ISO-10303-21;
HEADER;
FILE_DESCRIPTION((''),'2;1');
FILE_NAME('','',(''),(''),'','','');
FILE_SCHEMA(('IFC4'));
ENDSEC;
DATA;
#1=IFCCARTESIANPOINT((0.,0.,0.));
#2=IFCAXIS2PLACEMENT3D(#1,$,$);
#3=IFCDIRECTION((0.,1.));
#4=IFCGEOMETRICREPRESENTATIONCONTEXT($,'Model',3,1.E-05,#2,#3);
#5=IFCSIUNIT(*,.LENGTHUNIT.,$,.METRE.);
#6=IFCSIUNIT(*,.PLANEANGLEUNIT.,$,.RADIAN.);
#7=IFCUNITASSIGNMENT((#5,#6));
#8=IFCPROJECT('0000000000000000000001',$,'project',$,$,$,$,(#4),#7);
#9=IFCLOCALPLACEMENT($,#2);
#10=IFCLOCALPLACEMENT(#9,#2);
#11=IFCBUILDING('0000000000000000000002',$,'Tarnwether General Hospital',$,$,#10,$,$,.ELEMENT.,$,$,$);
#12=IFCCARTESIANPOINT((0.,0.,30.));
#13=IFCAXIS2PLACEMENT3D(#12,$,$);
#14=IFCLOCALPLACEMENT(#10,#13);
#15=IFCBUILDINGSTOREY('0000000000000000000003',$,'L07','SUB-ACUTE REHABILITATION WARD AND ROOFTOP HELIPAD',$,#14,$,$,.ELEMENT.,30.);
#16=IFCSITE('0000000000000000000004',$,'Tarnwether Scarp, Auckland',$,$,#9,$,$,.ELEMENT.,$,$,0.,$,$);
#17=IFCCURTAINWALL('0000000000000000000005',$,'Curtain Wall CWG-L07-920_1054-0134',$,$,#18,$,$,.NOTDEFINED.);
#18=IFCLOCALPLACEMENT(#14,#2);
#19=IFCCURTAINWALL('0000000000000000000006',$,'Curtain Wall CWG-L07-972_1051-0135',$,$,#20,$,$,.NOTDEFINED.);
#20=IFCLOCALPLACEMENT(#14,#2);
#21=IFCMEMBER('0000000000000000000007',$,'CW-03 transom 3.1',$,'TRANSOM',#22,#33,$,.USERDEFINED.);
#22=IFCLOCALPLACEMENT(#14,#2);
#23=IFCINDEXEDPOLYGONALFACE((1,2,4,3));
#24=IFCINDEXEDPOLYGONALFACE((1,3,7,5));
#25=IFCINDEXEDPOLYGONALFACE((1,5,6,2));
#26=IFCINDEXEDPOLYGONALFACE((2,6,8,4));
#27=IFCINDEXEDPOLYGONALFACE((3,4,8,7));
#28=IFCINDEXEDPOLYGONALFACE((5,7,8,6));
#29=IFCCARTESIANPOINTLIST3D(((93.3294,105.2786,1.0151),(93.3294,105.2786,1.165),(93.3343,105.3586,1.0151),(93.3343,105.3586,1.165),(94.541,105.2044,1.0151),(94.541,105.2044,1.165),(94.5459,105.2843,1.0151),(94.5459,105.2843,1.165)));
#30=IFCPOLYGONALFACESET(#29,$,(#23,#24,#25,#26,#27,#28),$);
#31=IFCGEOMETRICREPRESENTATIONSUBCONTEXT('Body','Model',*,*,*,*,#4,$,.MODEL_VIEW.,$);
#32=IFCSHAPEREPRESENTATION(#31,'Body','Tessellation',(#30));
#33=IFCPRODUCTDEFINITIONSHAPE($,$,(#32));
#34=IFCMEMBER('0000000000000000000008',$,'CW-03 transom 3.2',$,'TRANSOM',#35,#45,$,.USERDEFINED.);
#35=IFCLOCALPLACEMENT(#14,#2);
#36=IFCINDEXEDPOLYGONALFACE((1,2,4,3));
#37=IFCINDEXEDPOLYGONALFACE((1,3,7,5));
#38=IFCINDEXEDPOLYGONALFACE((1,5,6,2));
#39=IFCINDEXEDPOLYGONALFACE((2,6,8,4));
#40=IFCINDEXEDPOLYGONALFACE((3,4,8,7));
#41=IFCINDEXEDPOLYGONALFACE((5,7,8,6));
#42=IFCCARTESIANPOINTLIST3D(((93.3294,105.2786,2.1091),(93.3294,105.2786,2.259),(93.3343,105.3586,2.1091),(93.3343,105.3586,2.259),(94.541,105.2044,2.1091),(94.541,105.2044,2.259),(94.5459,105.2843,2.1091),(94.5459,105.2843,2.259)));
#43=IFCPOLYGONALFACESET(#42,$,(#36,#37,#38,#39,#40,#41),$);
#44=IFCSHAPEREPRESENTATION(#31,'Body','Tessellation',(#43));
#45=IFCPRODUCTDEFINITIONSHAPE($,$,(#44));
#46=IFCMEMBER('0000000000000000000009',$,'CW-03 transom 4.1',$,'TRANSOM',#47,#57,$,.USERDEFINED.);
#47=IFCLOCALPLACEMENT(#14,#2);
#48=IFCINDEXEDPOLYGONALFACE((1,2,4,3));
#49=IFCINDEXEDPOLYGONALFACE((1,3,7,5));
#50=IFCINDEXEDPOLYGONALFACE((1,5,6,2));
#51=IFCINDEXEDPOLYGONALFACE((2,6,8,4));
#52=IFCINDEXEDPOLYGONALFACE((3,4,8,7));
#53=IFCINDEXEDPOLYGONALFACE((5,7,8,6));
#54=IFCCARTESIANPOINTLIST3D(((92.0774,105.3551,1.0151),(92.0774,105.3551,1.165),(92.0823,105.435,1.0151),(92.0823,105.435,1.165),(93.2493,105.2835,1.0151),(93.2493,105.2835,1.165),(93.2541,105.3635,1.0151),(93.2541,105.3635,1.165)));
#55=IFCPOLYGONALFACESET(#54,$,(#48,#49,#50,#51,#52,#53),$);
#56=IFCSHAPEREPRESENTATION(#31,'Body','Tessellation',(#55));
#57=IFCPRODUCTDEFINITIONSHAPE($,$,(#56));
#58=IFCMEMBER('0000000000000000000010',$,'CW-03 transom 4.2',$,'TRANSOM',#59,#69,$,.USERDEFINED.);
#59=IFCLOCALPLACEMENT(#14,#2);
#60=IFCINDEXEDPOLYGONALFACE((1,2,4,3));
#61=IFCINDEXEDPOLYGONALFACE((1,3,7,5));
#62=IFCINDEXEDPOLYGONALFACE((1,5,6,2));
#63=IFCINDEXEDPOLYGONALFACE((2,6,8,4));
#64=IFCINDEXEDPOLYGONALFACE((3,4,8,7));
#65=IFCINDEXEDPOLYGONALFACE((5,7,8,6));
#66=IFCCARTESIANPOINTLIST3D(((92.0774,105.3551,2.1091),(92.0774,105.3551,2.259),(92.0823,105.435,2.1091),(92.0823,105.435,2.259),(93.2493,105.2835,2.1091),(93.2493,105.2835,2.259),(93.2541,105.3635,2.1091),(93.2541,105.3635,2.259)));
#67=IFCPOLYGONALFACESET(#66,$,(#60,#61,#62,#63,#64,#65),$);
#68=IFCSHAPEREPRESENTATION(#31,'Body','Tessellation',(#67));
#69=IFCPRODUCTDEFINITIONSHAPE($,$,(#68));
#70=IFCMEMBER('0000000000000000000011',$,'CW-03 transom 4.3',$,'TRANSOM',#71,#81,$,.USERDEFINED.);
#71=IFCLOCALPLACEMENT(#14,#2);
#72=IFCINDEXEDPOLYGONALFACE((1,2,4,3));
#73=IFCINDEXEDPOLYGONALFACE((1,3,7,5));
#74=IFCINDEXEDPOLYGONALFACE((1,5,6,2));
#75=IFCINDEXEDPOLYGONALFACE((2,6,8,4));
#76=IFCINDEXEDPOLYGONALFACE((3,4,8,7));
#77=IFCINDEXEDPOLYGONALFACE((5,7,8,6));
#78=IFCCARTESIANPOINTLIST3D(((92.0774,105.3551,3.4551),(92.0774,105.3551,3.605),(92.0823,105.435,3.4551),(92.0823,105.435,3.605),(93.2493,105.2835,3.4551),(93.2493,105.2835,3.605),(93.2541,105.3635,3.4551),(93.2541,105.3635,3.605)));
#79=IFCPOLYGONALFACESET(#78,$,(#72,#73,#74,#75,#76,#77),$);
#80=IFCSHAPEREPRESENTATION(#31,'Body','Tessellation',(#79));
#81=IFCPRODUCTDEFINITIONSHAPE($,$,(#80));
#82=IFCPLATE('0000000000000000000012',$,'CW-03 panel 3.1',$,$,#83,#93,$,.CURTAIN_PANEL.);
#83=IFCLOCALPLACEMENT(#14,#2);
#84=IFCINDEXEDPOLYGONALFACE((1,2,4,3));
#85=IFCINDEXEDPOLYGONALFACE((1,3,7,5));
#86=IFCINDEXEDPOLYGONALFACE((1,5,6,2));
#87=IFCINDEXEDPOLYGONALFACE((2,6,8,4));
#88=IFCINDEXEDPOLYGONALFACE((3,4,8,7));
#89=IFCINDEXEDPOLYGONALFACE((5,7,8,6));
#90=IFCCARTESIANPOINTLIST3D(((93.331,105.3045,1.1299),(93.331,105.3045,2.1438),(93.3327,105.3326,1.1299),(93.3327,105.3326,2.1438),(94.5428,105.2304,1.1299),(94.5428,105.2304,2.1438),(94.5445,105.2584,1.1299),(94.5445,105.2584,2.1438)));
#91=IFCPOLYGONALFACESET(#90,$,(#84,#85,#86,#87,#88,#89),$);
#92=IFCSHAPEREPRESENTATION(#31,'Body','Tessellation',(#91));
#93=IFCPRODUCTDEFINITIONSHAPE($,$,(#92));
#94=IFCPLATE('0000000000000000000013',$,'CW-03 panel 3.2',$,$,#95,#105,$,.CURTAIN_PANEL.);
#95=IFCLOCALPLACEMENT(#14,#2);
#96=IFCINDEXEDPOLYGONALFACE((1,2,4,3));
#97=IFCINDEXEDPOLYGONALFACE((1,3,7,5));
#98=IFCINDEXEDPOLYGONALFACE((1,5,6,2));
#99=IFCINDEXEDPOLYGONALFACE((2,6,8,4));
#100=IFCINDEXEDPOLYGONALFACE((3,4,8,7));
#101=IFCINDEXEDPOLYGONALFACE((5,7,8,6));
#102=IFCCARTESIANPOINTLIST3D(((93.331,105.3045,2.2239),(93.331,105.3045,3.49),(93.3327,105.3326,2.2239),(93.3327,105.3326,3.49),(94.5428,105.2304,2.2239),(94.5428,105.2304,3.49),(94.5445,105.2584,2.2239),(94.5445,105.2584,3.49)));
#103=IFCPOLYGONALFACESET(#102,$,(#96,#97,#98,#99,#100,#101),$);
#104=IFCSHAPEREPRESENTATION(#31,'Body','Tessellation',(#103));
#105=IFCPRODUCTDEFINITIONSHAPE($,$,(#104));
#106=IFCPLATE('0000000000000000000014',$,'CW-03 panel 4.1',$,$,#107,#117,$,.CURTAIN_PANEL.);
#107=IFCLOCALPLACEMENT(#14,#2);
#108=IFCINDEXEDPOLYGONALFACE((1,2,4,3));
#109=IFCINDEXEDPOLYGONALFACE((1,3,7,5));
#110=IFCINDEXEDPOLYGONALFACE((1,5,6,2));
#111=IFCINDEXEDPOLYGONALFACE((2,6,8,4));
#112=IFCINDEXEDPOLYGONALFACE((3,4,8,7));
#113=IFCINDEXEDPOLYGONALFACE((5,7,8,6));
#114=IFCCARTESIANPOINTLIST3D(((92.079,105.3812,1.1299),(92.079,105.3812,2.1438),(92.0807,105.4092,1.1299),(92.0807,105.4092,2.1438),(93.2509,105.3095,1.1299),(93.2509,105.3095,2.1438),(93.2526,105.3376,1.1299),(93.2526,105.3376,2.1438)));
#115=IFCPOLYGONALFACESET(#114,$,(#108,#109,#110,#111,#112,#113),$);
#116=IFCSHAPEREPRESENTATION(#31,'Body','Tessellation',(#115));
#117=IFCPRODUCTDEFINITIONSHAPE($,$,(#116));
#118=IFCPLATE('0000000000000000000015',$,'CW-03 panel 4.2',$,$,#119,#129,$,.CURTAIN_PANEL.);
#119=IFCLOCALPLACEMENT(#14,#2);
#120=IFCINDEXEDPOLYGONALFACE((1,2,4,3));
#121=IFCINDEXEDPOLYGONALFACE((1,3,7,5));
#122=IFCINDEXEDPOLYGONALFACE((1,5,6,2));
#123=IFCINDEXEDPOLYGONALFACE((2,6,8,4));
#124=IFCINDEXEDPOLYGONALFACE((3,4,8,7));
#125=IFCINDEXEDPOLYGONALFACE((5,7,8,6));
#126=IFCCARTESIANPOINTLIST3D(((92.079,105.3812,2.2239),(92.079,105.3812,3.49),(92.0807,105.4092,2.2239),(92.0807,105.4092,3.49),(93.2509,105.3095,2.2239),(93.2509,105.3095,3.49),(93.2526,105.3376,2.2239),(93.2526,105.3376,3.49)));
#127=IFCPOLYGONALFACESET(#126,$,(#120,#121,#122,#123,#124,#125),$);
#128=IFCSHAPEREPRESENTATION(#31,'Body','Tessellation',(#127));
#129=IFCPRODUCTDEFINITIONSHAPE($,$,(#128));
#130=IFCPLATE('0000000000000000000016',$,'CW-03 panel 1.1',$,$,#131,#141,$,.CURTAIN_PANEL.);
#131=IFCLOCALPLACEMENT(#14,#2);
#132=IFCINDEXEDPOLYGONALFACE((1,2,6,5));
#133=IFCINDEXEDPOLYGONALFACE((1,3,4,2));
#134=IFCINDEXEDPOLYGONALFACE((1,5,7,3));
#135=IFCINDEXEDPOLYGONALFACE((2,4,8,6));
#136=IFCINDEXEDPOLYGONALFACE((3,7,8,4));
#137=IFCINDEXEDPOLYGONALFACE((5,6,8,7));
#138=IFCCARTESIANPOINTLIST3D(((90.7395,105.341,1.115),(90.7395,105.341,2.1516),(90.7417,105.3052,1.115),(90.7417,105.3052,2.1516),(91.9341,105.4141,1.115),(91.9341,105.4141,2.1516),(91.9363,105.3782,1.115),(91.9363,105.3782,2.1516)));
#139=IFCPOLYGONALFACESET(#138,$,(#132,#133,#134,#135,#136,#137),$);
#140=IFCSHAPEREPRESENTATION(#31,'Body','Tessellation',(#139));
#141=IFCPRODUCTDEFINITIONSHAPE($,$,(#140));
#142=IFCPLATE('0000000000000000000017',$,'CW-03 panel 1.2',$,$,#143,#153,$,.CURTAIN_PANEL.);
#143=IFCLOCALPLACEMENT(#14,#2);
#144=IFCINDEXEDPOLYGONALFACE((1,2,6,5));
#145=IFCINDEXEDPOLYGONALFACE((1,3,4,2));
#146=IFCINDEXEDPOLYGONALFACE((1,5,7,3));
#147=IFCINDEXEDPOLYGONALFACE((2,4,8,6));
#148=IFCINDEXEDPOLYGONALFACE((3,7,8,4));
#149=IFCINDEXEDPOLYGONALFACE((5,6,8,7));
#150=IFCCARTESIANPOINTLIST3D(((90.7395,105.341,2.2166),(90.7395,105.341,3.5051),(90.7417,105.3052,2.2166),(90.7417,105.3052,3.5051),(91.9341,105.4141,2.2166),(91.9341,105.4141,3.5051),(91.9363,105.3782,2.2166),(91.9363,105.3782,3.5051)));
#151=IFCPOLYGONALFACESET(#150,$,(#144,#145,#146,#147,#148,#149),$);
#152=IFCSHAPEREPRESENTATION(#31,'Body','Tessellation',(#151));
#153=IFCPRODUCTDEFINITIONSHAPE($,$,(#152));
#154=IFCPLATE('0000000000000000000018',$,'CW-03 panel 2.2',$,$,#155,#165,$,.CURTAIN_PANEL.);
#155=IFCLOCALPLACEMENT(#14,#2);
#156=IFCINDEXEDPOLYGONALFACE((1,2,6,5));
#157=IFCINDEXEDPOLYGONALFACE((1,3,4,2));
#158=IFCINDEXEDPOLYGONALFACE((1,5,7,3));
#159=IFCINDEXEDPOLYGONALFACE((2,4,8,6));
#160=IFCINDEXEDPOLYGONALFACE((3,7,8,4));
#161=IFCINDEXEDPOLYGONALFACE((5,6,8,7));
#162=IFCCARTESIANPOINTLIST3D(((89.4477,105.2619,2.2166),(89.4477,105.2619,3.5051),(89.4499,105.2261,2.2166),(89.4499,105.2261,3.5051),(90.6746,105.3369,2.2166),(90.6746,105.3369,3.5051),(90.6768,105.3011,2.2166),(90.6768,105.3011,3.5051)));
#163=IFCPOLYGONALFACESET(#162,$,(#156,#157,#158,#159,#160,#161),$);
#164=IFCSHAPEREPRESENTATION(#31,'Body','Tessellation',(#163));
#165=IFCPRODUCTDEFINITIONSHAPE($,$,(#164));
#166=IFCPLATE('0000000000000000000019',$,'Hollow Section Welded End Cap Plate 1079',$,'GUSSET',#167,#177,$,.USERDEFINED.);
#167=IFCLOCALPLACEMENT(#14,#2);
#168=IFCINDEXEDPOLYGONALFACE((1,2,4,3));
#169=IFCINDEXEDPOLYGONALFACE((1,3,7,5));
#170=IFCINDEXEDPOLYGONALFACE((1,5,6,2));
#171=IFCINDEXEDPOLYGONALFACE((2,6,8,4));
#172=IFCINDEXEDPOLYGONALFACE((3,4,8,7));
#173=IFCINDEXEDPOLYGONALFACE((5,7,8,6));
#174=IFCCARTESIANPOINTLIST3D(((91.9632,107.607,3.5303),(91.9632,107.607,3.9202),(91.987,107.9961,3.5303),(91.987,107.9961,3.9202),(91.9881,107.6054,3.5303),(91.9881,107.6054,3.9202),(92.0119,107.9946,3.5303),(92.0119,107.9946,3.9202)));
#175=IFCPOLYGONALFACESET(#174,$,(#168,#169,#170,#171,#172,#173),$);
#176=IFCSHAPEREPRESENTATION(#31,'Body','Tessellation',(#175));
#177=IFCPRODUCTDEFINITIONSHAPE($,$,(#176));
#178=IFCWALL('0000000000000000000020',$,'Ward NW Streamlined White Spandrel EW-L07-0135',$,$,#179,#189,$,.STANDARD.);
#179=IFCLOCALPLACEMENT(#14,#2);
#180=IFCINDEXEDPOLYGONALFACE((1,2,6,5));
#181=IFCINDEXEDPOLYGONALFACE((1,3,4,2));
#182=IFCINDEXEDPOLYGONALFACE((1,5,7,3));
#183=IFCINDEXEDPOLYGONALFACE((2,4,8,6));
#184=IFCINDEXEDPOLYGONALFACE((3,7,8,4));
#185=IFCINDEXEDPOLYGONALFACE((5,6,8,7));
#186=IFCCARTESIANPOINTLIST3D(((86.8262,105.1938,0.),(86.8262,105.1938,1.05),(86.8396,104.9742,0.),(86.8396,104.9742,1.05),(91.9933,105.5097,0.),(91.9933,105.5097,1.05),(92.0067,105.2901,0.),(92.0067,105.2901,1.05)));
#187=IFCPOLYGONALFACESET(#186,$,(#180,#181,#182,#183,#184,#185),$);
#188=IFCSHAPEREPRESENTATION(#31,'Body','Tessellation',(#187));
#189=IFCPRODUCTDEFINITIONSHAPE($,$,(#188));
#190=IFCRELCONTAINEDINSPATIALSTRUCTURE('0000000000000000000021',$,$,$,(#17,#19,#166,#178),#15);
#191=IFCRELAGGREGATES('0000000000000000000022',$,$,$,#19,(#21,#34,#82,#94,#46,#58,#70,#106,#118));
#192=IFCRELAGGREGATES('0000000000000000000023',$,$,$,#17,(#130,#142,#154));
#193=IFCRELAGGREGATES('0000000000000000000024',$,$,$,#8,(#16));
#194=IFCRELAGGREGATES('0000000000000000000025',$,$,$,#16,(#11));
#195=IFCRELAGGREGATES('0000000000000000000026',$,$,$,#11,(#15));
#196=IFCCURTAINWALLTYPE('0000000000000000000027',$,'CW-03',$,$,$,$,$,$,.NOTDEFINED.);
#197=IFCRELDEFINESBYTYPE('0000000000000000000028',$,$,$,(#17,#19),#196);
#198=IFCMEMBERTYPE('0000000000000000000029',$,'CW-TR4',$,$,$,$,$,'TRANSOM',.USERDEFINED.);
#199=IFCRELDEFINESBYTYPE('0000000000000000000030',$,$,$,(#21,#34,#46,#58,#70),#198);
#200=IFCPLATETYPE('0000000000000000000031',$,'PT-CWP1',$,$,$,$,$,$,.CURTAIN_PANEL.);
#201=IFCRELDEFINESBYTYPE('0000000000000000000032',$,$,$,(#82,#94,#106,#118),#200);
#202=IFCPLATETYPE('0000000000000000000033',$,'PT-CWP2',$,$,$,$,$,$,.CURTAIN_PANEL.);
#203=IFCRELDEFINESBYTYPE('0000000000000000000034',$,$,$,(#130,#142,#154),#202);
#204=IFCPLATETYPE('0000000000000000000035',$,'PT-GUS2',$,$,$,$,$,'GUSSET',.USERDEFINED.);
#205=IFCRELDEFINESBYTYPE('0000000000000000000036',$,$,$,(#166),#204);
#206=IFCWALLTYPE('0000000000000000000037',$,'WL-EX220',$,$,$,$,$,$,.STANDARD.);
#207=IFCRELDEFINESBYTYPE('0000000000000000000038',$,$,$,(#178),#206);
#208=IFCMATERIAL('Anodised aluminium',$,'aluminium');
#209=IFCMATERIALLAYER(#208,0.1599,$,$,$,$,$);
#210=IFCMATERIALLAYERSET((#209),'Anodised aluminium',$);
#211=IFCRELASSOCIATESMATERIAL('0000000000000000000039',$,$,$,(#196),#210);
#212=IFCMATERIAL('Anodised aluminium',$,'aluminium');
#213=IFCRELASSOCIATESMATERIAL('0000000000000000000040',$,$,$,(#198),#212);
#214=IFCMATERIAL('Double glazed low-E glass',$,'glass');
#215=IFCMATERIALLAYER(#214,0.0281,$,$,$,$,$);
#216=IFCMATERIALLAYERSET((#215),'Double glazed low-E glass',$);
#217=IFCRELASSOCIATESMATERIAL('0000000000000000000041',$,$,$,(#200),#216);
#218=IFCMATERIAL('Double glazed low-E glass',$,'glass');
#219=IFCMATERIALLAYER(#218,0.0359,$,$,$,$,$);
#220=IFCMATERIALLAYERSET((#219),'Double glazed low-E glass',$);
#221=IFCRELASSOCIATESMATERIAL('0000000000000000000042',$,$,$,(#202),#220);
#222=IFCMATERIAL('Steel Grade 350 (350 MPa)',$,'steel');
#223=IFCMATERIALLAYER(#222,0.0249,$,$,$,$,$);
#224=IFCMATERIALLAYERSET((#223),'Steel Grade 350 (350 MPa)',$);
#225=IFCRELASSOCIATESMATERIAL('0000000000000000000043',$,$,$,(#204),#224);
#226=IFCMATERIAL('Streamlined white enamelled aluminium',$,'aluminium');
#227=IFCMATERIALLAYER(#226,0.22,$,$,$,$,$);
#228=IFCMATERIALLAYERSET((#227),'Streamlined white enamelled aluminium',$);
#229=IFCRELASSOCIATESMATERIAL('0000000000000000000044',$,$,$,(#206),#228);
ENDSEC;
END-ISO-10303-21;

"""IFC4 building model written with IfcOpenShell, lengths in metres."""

from ifc_helpers import new_model, si_unit, direction, frame, frame_2d, origin, origin_2d, place, context, subcontext, project, spatial, rectangle, extrude, material, layer, layer_set, material_profile, profile_set, type_object, element, aggregate, save


model = new_model("IFC4")

# Units and contexts
model_context = context("Model", 3, precision=1e-05, world=origin(), true_north=direction((0.0, 1.0)))
body_context = subcontext(model_context, "Body", "Model", "MODEL_VIEW")
ifc_project = project(units=[si_unit("LENGTHUNIT", "METRE"), si_unit("PLANEANGLEUNIT", "RADIAN")], contexts=[model_context])

# Site, building, storey
site_placement = place(None, origin())
site = spatial("IfcSite", under=ifc_project, at=site_placement, Name="Tarnwether Scarp, Auckland", CompositionType="ELEMENT", RefElevation=0.0)
building_placement = place(site_placement, origin())
building = spatial("IfcBuilding", under=site, at=building_placement, Name="Tarnwether General Hospital", CompositionType="ELEMENT")
storey_placement = place(building_placement, frame((0.0, 0.0, 30.0)))
storey = spatial("IfcBuildingStorey", under=building, at=storey_placement, Name="L07", Description="SUB-ACUTE REHABILITATION WARD AND ROOFTOP HELIPAD", CompositionType="ELEMENT", Elevation=30.0)

# Curtain walls
ifc_material_1 = material(Name="Anodised aluminium", Category="aluminium")
ifc_layer_1 = layer(ifc_material_1, 0.1599)
ifc_layer_set_1 = layer_set([ifc_layer_1], Name="Anodised aluminium")
curtain_wall_type = type_object("IfcCurtainWallType", Name="CW-03", PredefinedType="NOTDEFINED", material=ifc_layer_set_1)
curtain_wall_1_placement = place(storey_placement, origin())
curtain_wall_1 = element("IfcCurtainWall", 1, at=curtain_wall_1_placement, inside=storey, type_object=curtain_wall_type, Name="Curtain Wall CWG-L07-920_1054-0134", PredefinedType="NOTDEFINED")
curtain_wall_2_placement = place(storey_placement, origin())
curtain_wall_2 = element("IfcCurtainWall", 2, at=curtain_wall_2_placement, inside=storey, type_object=curtain_wall_type, Name="Curtain Wall CWG-L07-972_1051-0135", PredefinedType="NOTDEFINED")

# Members
ifc_material_2 = material(Name="Anodised aluminium", Category="aluminium")
ifc_material_profile_1 = material_profile(ifc_material_2, rectangle(XDim=0.0801, YDim=0.1499, at=origin_2d()), Name="ALU-TRN-80x150")
ifc_profile_set_1 = profile_set([ifc_material_profile_1], Name="Anodised aluminium")
member_type_1 = type_object("IfcMemberType", Name="CW-TR4", ElementType="TRANSOM", PredefinedType="USERDEFINED", material=ifc_profile_set_1)
member_1_placement = place(storey_placement, frame((94.5435, 105.2444, 1.0901), z_axis=(-0.998129, 0.061139, 0.0), x_axis=(-0.061139, -0.998129, 0.0)))
member_1 = element("IfcMember", 3, at=member_1_placement, type_object=member_type_1, Name="CW-03 transom 3.1", ObjectType="TRANSOM", PredefinedType="USERDEFINED", context=body_context, shape_type="SweptSolid", body=[
    extrude(rectangle(XDim=0.0801, YDim=0.1499, at=origin_2d()), origin(), (0.0, 0.0, 1.0), 1.2139),
])
member_2_placement = place(storey_placement, frame((94.5435, 105.2444, 2.1841), z_axis=(-0.998129, 0.061139, 0.0), x_axis=(-0.061139, -0.998129, 0.0)))
member_2 = element("IfcMember", 4, at=member_2_placement, type_object=member_type_1, Name="CW-03 transom 3.2", ObjectType="TRANSOM", PredefinedType="USERDEFINED", context=body_context, shape_type="SweptSolid", body=[
    extrude(rectangle(XDim=0.0801, YDim=0.1499, at=origin_2d()), origin(), (0.0, 0.0, 1.0), 1.2139),
])
member_3_placement = place(storey_placement, frame((93.2517, 105.3235, 1.0901), z_axis=(-0.998142, 0.060928, 0.0), x_axis=(-0.060928, -0.998142, 0.0)))
member_3 = element("IfcMember", 5, at=member_3_placement, type_object=member_type_1, Name="CW-03 transom 4.1", ObjectType="TRANSOM", PredefinedType="USERDEFINED", context=body_context, shape_type="SweptSolid", body=[
    extrude(rectangle(XDim=0.0801, YDim=0.1499, at=origin_2d()), origin(), (0.0, 0.0, 1.0), 1.1741),
])
member_4_placement = place(storey_placement, frame((93.2517, 105.3235, 2.1841), z_axis=(-0.998142, 0.060928, 0.0), x_axis=(-0.060928, -0.998142, 0.0)))
member_4 = element("IfcMember", 6, at=member_4_placement, type_object=member_type_1, Name="CW-03 transom 4.2", ObjectType="TRANSOM", PredefinedType="USERDEFINED", context=body_context, shape_type="SweptSolid", body=[
    extrude(rectangle(XDim=0.0801, YDim=0.1499, at=origin_2d()), origin(), (0.0, 0.0, 1.0), 1.1741),
])
member_5_placement = place(storey_placement, frame((93.2517, 105.3235, 3.53), z_axis=(-0.998142, 0.060928, 0.0), x_axis=(-0.060928, -0.998142, 0.0)))
member_5 = element("IfcMember", 7, at=member_5_placement, type_object=member_type_1, Name="CW-03 transom 4.3", ObjectType="TRANSOM", PredefinedType="USERDEFINED", context=body_context, shape_type="SweptSolid", body=[
    extrude(rectangle(XDim=0.0801, YDim=0.1499, at=origin_2d()), origin(), (0.0, 0.0, 1.0), 1.1741),
])

# Plates
ifc_material_3 = material(Name="Double glazed low-E glass", Category="glass")
ifc_layer_2 = layer(ifc_material_3, 0.0281)
ifc_layer_set_2 = layer_set([ifc_layer_2], Name="Double glazed low-E glass")
plate_type_1 = type_object("IfcPlateType", Name="PT-CWP1", PredefinedType="CURTAIN_PANEL", material=ifc_layer_set_2)
plate_1_placement = place(storey_placement, frame((93.9377, 105.2815, 1.1299), z_axis=(0.0, 0.0, 1.0), x_axis=(-0.998135, 0.061043, 0.0)))
plate_1 = element("IfcPlate", 8, at=plate_1_placement, type_object=plate_type_1, Name="CW-03 panel 3.1", PredefinedType="CURTAIN_PANEL", context=body_context, shape_type="SweptSolid", body=[
    extrude(rectangle(XDim=1.2141, YDim=0.0281, at=origin_2d()), origin(), (0.0, 0.0, 1.0), 1.0139),
])
plate_2_placement = place(storey_placement, frame((93.9377, 105.2815, 2.2239), z_axis=(0.0, 0.0, 1.0), x_axis=(-0.998135, 0.061043, 0.0)))
plate_2 = element("IfcPlate", 9, at=plate_2_placement, type_object=plate_type_1, Name="CW-03 panel 3.2", PredefinedType="CURTAIN_PANEL", context=body_context, shape_type="SweptSolid", body=[
    extrude(rectangle(XDim=1.2141, YDim=0.0281, at=origin_2d()), origin(), (0.0, 0.0, 1.0), 1.2661),
])
plate_3_placement = place(storey_placement, frame((92.6658, 105.3594, 1.1299), z_axis=(0.0, 0.0, 1.0), x_axis=(-0.998135, 0.061043, 0.0)))
plate_3 = element("IfcPlate", 10, at=plate_3_placement, type_object=plate_type_1, Name="CW-03 panel 4.1", PredefinedType="CURTAIN_PANEL", context=body_context, shape_type="SweptSolid", body=[
    extrude(rectangle(XDim=1.1741, YDim=0.0281, at=origin_2d()), origin(), (0.0, 0.0, 1.0), 1.0139),
])
plate_4_placement = place(storey_placement, frame((92.6658, 105.3594, 2.2239), z_axis=(0.0, 0.0, 1.0), x_axis=(-0.998135, 0.061043, 0.0)))
plate_4 = element("IfcPlate", 11, at=plate_4_placement, type_object=plate_type_1, Name="CW-03 panel 4.2", PredefinedType="CURTAIN_PANEL", context=body_context, shape_type="SweptSolid", body=[
    extrude(rectangle(XDim=1.1741, YDim=0.0281, at=origin_2d()), origin(), (0.0, 0.0, 1.0), 1.2661),
])
aggregate(curtain_wall_2, [member_1, member_2, plate_1, plate_2, member_3, member_4, member_5, plate_3, plate_4])
ifc_material_4 = material(Name="Double glazed low-E glass", Category="glass")
ifc_layer_3 = layer(ifc_material_4, 0.0359)
ifc_layer_set_3 = layer_set([ifc_layer_3], Name="Double glazed low-E glass")
plate_type_2 = type_object("IfcPlateType", Name="PT-CWP2", PredefinedType="CURTAIN_PANEL", material=ifc_layer_set_3)
plate_5_placement = place(storey_placement, frame((91.3379, 105.3596, 1.115), z_axis=(0.0, 0.0, 1.0), x_axis=(-0.998135, -0.061043, 0.0)))
plate_5 = element("IfcPlate", 12, at=plate_5_placement, type_object=plate_type_2, Name="CW-03 panel 1.1", PredefinedType="CURTAIN_PANEL", context=body_context, shape_type="SweptSolid", body=[
    extrude(rectangle(XDim=1.1968, YDim=0.0359, at=origin_2d()), origin(), (0.0, 0.0, 1.0), 1.0366),
])
plate_6_placement = place(storey_placement, frame((91.3379, 105.3596, 2.2166), z_axis=(0.0, 0.0, 1.0), x_axis=(-0.998135, -0.061043, 0.0)))
plate_6 = element("IfcPlate", 13, at=plate_6_placement, type_object=plate_type_2, Name="CW-03 panel 1.2", PredefinedType="CURTAIN_PANEL", context=body_context, shape_type="SweptSolid", body=[
    extrude(rectangle(XDim=1.1968, YDim=0.0359, at=origin_2d()), origin(), (0.0, 0.0, 1.0), 1.2886),
])
plate_7_placement = place(storey_placement, frame((90.0623, 105.2815, 2.2166), z_axis=(0.0, 0.0, 1.0), x_axis=(-0.998135, -0.061043, 0.0)))
plate_7 = element("IfcPlate", 14, at=plate_7_placement, type_object=plate_type_2, Name="CW-03 panel 2.2", PredefinedType="CURTAIN_PANEL", context=body_context, shape_type="SweptSolid", body=[
    extrude(rectangle(XDim=1.2292, YDim=0.0359, at=origin_2d()), origin(), (0.0, 0.0, 1.0), 1.2886),
])
aggregate(curtain_wall_1, [plate_5, plate_6, plate_7])
ifc_material_5 = material(Name="Steel Grade 350 (350 MPa)", Category="steel")
ifc_layer_4 = layer(ifc_material_5, 0.0249)
ifc_layer_set_4 = layer_set([ifc_layer_4], Name="Steel Grade 350 (350 MPa)")
plate_type_3 = type_object("IfcPlateType", Name="PT-GUS2", ElementType="GUSSET", PredefinedType="USERDEFINED", material=ifc_layer_set_4)
plate_8_placement = place(storey_placement, frame((91.9875, 107.8008, 3.5303), z_axis=(0.0, 0.0, 1.0), x_axis=(0.998134, -0.061066, 0.0)))
element("IfcPlate", 15, at=plate_8_placement, inside=storey, type_object=plate_type_3, Name="Hollow Section Welded End Cap Plate 1079", ObjectType="GUSSET", PredefinedType="USERDEFINED", context=body_context, shape_type="SweptSolid", body=[
    extrude(rectangle(XDim=0.0249, YDim=0.3899, at=origin_2d()), origin(), (0.0, 0.0, 1.0), 0.3899),
])

# Wall
ifc_material_6 = material(Name="Streamlined white enamelled aluminium", Category="aluminium")
ifc_layer_5 = layer(ifc_material_6, 0.22)
ifc_layer_set_5 = layer_set([ifc_layer_5], Name="Streamlined white enamelled aluminium")
wall_type = type_object("IfcWallType", Name="WL-EX220", PredefinedType="STANDARD", material=ifc_layer_set_5)
wall_placement = place(storey_placement, frame((92.0, 105.3999, 0.0), z_axis=(0.0, 0.0, 1.0), x_axis=(-0.998136, -0.061028, 0.0)))
element("IfcWall", 16, at=wall_placement, inside=storey, type_object=wall_type, Name="Ward NW Streamlined White Spandrel EW-L07-0135", PredefinedType="STANDARD", context=body_context, shape_type="SweptSolid", body=[
    extrude(rectangle(XDim=5.1768, YDim=0.22, at=frame_2d((2.5884, 0.0))), origin(), (0.0, 0.0, 1.0), 1.05),
])

save(model, "model.ifc")
